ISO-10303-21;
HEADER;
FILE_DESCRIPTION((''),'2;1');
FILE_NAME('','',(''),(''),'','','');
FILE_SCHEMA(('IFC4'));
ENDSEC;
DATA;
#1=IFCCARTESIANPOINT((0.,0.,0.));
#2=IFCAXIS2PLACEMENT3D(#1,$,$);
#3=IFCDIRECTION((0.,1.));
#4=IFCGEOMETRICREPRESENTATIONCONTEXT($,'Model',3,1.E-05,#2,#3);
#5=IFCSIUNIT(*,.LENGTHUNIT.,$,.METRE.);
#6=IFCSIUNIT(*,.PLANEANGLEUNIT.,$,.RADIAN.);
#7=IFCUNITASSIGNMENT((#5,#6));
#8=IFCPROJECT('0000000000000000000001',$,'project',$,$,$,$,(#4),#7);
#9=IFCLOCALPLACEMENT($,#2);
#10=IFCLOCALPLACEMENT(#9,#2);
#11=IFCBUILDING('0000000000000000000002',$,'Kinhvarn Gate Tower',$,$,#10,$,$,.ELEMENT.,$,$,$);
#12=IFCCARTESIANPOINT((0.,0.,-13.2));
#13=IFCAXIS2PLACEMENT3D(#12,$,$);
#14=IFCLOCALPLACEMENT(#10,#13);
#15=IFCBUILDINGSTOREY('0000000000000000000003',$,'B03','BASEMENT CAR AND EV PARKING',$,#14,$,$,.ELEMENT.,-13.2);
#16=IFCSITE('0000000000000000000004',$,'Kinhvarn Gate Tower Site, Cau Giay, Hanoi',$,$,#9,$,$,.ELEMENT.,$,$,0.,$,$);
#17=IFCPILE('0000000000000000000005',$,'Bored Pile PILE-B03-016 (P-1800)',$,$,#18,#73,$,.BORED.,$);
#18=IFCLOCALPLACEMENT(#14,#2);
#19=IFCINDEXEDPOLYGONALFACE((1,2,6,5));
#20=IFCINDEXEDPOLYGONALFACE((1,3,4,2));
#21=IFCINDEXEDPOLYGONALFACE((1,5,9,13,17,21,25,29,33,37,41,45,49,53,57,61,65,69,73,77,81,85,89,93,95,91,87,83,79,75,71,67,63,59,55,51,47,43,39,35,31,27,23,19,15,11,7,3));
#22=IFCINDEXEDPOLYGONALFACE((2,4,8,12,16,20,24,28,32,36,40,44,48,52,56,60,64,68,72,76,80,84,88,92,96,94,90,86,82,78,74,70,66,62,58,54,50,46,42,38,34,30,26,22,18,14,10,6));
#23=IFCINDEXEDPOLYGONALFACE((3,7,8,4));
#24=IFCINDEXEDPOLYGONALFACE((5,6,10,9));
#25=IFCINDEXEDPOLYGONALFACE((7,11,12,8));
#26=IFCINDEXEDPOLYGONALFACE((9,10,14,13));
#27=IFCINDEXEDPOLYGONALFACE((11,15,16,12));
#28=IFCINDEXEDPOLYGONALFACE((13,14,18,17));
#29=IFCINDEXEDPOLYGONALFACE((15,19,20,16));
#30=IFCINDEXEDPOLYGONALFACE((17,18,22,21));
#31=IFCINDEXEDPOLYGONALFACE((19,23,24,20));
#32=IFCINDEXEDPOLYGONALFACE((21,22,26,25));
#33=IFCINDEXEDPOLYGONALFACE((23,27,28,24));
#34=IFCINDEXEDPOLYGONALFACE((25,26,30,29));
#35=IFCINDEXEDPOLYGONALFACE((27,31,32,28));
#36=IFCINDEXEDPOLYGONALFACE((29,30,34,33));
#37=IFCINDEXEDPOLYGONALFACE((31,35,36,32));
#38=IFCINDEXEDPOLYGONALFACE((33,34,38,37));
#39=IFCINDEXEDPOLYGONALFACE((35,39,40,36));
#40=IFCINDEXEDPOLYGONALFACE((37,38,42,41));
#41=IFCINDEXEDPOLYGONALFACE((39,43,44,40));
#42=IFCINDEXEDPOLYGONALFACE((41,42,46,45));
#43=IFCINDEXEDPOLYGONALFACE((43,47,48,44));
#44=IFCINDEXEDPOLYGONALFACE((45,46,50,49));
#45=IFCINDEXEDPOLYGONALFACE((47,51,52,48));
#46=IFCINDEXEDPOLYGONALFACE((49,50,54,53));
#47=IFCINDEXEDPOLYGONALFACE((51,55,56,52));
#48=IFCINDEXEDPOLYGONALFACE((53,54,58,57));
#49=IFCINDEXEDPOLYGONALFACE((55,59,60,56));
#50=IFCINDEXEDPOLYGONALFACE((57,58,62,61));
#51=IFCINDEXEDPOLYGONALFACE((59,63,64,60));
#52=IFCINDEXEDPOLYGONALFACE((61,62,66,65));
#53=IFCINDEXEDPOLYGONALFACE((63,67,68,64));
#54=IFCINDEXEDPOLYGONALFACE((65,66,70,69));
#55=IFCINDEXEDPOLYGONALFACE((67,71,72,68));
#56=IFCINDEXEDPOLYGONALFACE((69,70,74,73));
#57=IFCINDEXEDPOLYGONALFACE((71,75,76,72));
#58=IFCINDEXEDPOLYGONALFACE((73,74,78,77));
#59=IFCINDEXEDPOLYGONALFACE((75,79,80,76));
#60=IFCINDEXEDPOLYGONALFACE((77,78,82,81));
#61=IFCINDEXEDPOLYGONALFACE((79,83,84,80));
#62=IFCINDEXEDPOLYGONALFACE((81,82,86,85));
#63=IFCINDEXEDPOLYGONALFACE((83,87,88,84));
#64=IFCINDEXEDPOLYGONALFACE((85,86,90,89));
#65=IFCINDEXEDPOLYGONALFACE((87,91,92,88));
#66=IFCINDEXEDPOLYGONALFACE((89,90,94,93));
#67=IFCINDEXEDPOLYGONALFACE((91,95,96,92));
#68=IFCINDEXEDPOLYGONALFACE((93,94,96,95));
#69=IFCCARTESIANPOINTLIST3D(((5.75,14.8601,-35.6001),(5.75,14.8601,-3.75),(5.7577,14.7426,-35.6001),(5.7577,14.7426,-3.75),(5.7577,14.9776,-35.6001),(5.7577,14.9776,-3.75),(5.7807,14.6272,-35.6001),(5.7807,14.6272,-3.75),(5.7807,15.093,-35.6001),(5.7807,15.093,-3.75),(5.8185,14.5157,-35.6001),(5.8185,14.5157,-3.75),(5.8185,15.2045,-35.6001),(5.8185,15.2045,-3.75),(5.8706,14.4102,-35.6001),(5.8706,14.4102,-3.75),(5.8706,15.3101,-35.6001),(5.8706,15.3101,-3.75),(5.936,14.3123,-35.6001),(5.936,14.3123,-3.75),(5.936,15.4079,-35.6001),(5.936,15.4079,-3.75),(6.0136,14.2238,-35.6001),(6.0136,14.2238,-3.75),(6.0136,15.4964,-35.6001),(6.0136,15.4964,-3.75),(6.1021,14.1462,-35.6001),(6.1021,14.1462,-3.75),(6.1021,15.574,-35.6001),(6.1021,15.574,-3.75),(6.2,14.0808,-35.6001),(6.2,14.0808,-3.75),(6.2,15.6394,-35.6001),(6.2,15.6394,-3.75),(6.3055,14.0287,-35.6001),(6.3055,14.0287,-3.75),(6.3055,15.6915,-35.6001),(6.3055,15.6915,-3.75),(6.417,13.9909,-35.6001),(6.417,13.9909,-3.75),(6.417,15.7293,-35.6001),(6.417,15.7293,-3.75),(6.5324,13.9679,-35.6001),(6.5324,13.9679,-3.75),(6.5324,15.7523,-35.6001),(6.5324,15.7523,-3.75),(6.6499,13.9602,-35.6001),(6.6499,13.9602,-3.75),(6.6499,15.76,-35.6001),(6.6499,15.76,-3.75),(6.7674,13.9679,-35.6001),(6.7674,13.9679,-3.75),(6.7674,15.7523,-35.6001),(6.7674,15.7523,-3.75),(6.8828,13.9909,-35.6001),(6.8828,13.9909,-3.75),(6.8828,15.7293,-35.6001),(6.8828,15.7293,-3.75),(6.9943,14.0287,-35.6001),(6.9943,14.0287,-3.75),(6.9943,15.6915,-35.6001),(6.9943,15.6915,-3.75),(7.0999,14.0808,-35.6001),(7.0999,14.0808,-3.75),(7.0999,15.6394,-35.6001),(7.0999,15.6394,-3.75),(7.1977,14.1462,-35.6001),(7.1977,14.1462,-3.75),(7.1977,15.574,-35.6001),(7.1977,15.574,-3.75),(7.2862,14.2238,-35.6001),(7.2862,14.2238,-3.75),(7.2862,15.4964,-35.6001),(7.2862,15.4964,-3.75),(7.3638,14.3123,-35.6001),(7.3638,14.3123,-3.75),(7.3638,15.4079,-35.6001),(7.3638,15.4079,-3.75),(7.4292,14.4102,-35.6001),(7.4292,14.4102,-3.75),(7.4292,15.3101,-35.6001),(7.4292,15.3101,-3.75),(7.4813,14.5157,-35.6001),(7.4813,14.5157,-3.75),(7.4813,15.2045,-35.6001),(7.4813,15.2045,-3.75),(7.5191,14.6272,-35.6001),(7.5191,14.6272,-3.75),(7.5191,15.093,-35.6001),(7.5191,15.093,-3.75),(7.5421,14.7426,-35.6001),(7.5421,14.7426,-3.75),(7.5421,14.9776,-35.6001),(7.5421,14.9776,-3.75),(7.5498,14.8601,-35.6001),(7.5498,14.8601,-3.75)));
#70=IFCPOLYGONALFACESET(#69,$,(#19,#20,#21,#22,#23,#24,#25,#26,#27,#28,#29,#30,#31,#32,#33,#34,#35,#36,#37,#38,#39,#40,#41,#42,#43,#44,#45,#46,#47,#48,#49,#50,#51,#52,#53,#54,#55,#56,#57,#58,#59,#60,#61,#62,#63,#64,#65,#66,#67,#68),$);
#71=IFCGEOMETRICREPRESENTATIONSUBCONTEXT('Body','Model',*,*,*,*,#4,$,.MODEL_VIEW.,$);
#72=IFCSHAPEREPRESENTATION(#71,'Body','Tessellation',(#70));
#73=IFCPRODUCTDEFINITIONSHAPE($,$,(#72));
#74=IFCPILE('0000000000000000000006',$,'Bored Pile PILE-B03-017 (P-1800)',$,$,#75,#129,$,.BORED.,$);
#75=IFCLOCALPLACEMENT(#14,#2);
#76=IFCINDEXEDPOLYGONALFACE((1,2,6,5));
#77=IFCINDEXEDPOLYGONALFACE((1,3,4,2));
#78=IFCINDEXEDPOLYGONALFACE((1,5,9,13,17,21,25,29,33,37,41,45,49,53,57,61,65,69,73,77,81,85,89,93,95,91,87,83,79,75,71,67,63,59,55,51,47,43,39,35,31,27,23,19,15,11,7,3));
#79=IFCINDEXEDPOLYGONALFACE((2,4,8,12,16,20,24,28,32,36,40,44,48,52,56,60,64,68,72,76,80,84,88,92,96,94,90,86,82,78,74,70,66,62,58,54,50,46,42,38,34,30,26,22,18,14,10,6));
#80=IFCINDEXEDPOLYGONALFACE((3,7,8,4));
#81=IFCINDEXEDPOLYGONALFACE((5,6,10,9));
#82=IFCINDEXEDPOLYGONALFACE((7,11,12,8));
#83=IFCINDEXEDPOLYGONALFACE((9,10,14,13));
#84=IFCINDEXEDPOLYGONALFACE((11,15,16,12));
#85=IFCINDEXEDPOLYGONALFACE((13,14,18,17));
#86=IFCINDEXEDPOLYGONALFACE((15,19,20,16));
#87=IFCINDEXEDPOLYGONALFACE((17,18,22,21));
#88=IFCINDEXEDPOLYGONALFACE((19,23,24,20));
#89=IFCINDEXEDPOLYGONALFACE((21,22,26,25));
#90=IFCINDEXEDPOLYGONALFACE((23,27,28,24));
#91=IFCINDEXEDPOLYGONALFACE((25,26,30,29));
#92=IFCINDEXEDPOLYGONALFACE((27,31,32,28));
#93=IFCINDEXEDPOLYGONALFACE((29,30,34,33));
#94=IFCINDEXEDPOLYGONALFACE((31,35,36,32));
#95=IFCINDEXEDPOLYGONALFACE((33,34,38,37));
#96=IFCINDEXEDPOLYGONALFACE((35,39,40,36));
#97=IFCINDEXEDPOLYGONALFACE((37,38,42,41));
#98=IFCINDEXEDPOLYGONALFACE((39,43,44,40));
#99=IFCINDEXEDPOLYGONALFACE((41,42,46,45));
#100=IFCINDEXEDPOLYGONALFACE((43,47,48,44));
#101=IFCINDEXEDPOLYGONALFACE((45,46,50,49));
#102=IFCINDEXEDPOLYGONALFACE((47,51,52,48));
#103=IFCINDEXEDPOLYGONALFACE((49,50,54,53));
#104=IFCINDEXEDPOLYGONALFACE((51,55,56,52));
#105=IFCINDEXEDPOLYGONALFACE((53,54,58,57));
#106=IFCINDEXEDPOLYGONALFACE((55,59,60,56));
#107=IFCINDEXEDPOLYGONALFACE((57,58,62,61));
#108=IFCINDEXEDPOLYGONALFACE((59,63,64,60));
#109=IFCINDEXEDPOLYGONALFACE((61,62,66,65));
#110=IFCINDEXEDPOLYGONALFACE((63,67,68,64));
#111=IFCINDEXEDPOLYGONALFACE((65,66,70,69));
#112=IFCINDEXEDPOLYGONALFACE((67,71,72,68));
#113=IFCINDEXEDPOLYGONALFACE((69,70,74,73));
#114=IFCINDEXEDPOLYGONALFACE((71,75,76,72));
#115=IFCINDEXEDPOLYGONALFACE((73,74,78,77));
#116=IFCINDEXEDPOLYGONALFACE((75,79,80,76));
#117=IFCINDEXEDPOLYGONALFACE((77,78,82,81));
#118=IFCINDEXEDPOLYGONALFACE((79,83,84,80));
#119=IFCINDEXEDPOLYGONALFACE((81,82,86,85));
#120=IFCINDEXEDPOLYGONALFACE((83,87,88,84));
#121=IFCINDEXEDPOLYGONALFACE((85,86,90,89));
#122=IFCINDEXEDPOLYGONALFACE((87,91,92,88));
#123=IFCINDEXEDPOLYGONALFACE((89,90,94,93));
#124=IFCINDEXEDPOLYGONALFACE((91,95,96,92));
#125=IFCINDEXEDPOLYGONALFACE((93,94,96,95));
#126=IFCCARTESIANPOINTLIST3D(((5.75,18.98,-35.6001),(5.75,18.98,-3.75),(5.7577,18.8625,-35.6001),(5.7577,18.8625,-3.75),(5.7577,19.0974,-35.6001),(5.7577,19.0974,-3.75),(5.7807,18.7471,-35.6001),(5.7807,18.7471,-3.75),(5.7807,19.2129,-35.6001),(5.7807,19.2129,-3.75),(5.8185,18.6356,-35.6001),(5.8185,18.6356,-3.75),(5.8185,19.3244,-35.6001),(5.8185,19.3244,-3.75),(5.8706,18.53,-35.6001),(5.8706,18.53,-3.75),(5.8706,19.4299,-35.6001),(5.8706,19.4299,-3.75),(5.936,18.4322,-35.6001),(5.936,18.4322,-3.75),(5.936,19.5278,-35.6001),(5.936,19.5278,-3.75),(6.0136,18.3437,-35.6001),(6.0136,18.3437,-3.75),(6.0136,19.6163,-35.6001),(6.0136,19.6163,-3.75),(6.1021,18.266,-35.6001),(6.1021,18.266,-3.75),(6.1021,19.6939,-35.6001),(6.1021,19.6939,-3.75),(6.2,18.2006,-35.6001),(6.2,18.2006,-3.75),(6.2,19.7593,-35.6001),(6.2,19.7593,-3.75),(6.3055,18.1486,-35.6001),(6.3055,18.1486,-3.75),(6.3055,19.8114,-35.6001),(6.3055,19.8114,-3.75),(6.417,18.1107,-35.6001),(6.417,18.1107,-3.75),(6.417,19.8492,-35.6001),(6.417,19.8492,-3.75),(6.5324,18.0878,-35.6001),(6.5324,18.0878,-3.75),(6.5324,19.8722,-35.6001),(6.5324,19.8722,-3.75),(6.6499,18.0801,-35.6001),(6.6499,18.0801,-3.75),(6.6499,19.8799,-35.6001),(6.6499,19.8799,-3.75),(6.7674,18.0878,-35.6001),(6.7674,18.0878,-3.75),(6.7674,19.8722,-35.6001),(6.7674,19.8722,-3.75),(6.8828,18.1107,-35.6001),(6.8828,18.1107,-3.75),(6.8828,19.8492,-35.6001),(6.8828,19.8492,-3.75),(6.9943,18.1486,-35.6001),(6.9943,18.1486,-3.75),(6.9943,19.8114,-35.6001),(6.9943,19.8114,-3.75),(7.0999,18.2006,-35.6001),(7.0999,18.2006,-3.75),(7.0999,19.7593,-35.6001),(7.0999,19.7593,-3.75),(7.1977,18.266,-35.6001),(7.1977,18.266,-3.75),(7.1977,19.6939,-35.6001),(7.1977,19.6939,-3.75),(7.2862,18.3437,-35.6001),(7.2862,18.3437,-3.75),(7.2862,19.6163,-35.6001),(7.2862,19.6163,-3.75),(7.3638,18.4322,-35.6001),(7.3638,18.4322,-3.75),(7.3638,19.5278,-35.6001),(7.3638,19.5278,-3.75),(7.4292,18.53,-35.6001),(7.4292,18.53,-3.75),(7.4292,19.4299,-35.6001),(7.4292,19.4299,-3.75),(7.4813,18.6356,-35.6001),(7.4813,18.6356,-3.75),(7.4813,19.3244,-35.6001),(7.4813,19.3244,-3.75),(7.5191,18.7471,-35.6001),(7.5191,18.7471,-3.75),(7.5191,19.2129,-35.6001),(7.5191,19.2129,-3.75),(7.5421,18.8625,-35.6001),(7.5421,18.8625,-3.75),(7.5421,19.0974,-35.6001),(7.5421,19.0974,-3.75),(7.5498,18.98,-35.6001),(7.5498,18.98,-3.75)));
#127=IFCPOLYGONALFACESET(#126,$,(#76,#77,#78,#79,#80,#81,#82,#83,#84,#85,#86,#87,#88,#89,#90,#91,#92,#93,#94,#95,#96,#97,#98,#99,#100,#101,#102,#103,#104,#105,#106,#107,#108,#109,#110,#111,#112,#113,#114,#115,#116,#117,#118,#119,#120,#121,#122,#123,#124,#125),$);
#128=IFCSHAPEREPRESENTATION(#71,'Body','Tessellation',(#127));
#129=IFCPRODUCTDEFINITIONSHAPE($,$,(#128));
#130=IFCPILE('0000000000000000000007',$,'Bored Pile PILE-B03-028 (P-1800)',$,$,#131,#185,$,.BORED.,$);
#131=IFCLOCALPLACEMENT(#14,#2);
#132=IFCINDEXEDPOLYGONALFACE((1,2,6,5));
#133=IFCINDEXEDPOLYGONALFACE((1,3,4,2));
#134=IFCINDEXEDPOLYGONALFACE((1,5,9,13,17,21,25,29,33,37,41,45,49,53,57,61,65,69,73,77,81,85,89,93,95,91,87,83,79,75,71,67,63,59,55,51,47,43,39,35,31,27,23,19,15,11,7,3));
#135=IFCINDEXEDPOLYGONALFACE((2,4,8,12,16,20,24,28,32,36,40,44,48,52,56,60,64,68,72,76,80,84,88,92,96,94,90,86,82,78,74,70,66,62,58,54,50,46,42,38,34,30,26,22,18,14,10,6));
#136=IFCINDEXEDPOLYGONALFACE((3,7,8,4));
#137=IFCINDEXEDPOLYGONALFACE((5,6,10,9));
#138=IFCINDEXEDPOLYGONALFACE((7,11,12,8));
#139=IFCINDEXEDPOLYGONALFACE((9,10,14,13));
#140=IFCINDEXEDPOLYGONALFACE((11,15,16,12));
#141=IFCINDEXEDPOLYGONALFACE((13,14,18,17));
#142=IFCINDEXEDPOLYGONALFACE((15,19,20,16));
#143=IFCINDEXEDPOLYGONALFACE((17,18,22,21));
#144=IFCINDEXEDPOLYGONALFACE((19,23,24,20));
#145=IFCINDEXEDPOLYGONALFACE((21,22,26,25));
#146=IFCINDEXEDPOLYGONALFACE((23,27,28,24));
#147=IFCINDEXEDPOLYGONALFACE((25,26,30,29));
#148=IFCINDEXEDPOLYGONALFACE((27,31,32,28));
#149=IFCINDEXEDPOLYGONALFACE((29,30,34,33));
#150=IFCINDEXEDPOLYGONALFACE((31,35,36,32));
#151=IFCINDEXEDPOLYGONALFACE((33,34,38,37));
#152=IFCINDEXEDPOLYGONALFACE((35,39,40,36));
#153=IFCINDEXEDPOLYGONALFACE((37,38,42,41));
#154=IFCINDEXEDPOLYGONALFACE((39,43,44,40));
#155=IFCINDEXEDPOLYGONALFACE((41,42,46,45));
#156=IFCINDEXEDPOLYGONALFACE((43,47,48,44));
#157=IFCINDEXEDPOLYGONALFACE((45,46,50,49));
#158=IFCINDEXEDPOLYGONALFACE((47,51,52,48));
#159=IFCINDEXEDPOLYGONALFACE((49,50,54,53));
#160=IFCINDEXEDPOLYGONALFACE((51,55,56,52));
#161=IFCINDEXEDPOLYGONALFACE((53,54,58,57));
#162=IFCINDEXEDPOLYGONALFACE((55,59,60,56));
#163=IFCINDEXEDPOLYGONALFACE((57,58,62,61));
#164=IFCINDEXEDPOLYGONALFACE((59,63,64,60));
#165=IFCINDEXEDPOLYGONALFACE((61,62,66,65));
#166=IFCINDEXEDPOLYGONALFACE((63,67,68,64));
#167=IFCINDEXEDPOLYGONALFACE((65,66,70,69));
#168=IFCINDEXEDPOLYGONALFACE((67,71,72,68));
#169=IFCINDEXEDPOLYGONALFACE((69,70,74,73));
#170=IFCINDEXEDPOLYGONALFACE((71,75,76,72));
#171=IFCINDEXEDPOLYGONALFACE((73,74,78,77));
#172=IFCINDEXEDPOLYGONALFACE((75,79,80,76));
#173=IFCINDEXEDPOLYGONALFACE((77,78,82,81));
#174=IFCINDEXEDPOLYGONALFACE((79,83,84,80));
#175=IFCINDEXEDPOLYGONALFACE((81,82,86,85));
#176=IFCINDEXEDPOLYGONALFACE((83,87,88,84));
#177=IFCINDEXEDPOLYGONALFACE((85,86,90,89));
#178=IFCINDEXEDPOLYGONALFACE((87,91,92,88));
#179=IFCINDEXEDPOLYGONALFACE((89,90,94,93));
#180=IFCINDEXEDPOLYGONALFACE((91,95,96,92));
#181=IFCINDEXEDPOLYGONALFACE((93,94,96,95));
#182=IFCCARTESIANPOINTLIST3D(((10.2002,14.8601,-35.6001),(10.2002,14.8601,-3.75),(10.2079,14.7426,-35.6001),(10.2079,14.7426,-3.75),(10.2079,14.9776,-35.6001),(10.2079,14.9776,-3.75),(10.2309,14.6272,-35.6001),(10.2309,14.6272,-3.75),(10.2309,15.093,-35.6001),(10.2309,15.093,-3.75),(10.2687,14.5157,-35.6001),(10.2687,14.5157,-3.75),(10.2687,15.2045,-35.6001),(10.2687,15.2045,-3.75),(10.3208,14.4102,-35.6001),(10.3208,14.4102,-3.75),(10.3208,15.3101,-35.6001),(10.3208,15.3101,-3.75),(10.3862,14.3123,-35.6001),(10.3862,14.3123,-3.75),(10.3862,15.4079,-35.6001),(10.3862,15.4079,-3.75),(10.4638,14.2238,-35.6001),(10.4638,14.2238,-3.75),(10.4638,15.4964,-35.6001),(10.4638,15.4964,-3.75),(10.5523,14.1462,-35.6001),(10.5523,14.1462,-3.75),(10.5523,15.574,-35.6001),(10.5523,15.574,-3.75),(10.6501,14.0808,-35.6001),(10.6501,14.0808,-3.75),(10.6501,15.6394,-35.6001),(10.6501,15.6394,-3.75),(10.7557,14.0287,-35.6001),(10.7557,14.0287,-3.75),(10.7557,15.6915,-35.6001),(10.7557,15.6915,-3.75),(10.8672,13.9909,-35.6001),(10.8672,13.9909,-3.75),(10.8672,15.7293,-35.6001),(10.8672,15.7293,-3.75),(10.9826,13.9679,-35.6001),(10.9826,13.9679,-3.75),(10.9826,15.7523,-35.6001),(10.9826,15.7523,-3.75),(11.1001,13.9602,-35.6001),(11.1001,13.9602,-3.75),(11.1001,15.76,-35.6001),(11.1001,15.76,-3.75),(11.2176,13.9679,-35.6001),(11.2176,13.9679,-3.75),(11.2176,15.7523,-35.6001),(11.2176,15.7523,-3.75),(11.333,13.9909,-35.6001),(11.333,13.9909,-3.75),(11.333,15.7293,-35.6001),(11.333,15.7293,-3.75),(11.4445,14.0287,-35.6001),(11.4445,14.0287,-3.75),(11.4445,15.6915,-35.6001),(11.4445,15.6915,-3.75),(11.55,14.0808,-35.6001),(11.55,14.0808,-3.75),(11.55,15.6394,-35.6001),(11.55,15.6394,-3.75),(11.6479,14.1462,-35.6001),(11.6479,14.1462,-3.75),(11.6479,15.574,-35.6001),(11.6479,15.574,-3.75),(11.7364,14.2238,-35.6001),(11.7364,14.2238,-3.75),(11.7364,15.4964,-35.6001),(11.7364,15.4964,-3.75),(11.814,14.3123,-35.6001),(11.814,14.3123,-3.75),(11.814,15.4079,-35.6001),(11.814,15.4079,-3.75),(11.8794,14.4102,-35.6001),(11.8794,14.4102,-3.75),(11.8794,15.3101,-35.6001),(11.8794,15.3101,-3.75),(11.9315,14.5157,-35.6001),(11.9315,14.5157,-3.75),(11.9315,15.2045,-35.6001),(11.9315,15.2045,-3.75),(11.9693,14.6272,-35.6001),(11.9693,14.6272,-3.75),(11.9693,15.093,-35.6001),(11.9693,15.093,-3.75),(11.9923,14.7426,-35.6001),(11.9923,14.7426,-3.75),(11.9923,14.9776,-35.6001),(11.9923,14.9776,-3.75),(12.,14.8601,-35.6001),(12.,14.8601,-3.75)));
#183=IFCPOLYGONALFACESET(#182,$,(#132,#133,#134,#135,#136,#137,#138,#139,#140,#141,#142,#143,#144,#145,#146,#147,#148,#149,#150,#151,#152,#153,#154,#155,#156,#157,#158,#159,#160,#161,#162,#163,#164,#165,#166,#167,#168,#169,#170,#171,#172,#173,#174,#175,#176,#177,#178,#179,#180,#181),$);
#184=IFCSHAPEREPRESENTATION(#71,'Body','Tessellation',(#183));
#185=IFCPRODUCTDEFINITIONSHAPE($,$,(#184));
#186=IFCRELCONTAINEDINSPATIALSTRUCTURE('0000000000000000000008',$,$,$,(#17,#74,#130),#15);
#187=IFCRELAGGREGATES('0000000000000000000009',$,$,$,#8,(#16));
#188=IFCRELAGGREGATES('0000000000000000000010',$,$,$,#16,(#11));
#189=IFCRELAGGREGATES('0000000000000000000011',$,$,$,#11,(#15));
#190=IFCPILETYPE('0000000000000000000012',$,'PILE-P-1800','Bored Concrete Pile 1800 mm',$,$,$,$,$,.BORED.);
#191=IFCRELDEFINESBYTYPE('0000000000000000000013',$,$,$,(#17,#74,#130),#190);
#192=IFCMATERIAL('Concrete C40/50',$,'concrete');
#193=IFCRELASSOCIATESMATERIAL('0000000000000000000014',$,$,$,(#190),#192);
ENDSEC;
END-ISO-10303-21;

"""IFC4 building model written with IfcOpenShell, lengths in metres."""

from ifc_helpers import new_model, si_unit, direction, frame, origin, origin_2d, place, context, subcontext, project, spatial, circle, extrude, material, material_profile, profile_set, type_object, element, save


model = new_model("IFC4")

# Units and contexts
model_context = context("Model", 3, precision=1e-05, world=origin(), true_north=direction((0.0, 1.0)))
body_context = subcontext(model_context, "Body", "Model", "MODEL_VIEW")
ifc_project = project(units=[si_unit("LENGTHUNIT", "METRE"), si_unit("PLANEANGLEUNIT", "RADIAN")], contexts=[model_context])

# Site, building, storey
site_placement = place(None, origin())
site = spatial("IfcSite", under=ifc_project, at=site_placement, Name="Kinhvarn Gate Tower Site, Cau Giay, Hanoi", CompositionType="ELEMENT", RefElevation=0.0)
building_placement = place(site_placement, origin())
building = spatial("IfcBuilding", under=site, at=building_placement, Name="Kinhvarn Gate Tower", CompositionType="ELEMENT")
storey_placement = place(building_placement, frame((0.0, 0.0, -13.2)))
storey = spatial("IfcBuildingStorey", under=building, at=storey_placement, Name="B03", Description="BASEMENT CAR AND EV PARKING", CompositionType="ELEMENT", Elevation=-13.2)

# Piles
ifc_material = material(Name="Concrete C40/50", Category="concrete")
ifc_material_profile_1 = material_profile(ifc_material, circle(Radius=0.8999, at=origin_2d()), Name="PILE D1800")
ifc_profile_set_1 = profile_set([ifc_material_profile_1], Name="Concrete C40/50")
pile_type_1 = type_object("IfcPileType", Name="PILE-P-1800", Description="Bored Concrete Pile 1800 mm", PredefinedType="BORED", material=ifc_profile_set_1)
for number, where, z_axis, x_axis, name in (
    (1, (6.6499, 14.8601, -35.6001), (0.0, 0.0, 1.0), (1.0, 0.0, 0.0), "Bored Pile PILE-B03-016 (P-1800)"),
    (2, (6.6499, 18.98, -35.6001), (0.0, 0.0, 1.0), (1.0, 0.0, 0.0), "Bored Pile PILE-B03-017 (P-1800)"),
    (3, (11.1001, 14.8601, -35.6001), (0.0, 0.0, 1.0), (1.0, 0.0, 0.0), "Bored Pile PILE-B03-028 (P-1800)"),
):
    element("IfcPile", number, at=place(storey_placement, frame(where, z_axis=z_axis, x_axis=x_axis)), inside=storey, type_object=pile_type_1, Name=name, PredefinedType="BORED", context=body_context, shape_type="SweptSolid", body=[
        extrude(circle(Radius=0.8999, at=origin_2d()), origin(), (0.0, 0.0, 1.0), 31.8501),
    ])

save(model, "model.ifc")
